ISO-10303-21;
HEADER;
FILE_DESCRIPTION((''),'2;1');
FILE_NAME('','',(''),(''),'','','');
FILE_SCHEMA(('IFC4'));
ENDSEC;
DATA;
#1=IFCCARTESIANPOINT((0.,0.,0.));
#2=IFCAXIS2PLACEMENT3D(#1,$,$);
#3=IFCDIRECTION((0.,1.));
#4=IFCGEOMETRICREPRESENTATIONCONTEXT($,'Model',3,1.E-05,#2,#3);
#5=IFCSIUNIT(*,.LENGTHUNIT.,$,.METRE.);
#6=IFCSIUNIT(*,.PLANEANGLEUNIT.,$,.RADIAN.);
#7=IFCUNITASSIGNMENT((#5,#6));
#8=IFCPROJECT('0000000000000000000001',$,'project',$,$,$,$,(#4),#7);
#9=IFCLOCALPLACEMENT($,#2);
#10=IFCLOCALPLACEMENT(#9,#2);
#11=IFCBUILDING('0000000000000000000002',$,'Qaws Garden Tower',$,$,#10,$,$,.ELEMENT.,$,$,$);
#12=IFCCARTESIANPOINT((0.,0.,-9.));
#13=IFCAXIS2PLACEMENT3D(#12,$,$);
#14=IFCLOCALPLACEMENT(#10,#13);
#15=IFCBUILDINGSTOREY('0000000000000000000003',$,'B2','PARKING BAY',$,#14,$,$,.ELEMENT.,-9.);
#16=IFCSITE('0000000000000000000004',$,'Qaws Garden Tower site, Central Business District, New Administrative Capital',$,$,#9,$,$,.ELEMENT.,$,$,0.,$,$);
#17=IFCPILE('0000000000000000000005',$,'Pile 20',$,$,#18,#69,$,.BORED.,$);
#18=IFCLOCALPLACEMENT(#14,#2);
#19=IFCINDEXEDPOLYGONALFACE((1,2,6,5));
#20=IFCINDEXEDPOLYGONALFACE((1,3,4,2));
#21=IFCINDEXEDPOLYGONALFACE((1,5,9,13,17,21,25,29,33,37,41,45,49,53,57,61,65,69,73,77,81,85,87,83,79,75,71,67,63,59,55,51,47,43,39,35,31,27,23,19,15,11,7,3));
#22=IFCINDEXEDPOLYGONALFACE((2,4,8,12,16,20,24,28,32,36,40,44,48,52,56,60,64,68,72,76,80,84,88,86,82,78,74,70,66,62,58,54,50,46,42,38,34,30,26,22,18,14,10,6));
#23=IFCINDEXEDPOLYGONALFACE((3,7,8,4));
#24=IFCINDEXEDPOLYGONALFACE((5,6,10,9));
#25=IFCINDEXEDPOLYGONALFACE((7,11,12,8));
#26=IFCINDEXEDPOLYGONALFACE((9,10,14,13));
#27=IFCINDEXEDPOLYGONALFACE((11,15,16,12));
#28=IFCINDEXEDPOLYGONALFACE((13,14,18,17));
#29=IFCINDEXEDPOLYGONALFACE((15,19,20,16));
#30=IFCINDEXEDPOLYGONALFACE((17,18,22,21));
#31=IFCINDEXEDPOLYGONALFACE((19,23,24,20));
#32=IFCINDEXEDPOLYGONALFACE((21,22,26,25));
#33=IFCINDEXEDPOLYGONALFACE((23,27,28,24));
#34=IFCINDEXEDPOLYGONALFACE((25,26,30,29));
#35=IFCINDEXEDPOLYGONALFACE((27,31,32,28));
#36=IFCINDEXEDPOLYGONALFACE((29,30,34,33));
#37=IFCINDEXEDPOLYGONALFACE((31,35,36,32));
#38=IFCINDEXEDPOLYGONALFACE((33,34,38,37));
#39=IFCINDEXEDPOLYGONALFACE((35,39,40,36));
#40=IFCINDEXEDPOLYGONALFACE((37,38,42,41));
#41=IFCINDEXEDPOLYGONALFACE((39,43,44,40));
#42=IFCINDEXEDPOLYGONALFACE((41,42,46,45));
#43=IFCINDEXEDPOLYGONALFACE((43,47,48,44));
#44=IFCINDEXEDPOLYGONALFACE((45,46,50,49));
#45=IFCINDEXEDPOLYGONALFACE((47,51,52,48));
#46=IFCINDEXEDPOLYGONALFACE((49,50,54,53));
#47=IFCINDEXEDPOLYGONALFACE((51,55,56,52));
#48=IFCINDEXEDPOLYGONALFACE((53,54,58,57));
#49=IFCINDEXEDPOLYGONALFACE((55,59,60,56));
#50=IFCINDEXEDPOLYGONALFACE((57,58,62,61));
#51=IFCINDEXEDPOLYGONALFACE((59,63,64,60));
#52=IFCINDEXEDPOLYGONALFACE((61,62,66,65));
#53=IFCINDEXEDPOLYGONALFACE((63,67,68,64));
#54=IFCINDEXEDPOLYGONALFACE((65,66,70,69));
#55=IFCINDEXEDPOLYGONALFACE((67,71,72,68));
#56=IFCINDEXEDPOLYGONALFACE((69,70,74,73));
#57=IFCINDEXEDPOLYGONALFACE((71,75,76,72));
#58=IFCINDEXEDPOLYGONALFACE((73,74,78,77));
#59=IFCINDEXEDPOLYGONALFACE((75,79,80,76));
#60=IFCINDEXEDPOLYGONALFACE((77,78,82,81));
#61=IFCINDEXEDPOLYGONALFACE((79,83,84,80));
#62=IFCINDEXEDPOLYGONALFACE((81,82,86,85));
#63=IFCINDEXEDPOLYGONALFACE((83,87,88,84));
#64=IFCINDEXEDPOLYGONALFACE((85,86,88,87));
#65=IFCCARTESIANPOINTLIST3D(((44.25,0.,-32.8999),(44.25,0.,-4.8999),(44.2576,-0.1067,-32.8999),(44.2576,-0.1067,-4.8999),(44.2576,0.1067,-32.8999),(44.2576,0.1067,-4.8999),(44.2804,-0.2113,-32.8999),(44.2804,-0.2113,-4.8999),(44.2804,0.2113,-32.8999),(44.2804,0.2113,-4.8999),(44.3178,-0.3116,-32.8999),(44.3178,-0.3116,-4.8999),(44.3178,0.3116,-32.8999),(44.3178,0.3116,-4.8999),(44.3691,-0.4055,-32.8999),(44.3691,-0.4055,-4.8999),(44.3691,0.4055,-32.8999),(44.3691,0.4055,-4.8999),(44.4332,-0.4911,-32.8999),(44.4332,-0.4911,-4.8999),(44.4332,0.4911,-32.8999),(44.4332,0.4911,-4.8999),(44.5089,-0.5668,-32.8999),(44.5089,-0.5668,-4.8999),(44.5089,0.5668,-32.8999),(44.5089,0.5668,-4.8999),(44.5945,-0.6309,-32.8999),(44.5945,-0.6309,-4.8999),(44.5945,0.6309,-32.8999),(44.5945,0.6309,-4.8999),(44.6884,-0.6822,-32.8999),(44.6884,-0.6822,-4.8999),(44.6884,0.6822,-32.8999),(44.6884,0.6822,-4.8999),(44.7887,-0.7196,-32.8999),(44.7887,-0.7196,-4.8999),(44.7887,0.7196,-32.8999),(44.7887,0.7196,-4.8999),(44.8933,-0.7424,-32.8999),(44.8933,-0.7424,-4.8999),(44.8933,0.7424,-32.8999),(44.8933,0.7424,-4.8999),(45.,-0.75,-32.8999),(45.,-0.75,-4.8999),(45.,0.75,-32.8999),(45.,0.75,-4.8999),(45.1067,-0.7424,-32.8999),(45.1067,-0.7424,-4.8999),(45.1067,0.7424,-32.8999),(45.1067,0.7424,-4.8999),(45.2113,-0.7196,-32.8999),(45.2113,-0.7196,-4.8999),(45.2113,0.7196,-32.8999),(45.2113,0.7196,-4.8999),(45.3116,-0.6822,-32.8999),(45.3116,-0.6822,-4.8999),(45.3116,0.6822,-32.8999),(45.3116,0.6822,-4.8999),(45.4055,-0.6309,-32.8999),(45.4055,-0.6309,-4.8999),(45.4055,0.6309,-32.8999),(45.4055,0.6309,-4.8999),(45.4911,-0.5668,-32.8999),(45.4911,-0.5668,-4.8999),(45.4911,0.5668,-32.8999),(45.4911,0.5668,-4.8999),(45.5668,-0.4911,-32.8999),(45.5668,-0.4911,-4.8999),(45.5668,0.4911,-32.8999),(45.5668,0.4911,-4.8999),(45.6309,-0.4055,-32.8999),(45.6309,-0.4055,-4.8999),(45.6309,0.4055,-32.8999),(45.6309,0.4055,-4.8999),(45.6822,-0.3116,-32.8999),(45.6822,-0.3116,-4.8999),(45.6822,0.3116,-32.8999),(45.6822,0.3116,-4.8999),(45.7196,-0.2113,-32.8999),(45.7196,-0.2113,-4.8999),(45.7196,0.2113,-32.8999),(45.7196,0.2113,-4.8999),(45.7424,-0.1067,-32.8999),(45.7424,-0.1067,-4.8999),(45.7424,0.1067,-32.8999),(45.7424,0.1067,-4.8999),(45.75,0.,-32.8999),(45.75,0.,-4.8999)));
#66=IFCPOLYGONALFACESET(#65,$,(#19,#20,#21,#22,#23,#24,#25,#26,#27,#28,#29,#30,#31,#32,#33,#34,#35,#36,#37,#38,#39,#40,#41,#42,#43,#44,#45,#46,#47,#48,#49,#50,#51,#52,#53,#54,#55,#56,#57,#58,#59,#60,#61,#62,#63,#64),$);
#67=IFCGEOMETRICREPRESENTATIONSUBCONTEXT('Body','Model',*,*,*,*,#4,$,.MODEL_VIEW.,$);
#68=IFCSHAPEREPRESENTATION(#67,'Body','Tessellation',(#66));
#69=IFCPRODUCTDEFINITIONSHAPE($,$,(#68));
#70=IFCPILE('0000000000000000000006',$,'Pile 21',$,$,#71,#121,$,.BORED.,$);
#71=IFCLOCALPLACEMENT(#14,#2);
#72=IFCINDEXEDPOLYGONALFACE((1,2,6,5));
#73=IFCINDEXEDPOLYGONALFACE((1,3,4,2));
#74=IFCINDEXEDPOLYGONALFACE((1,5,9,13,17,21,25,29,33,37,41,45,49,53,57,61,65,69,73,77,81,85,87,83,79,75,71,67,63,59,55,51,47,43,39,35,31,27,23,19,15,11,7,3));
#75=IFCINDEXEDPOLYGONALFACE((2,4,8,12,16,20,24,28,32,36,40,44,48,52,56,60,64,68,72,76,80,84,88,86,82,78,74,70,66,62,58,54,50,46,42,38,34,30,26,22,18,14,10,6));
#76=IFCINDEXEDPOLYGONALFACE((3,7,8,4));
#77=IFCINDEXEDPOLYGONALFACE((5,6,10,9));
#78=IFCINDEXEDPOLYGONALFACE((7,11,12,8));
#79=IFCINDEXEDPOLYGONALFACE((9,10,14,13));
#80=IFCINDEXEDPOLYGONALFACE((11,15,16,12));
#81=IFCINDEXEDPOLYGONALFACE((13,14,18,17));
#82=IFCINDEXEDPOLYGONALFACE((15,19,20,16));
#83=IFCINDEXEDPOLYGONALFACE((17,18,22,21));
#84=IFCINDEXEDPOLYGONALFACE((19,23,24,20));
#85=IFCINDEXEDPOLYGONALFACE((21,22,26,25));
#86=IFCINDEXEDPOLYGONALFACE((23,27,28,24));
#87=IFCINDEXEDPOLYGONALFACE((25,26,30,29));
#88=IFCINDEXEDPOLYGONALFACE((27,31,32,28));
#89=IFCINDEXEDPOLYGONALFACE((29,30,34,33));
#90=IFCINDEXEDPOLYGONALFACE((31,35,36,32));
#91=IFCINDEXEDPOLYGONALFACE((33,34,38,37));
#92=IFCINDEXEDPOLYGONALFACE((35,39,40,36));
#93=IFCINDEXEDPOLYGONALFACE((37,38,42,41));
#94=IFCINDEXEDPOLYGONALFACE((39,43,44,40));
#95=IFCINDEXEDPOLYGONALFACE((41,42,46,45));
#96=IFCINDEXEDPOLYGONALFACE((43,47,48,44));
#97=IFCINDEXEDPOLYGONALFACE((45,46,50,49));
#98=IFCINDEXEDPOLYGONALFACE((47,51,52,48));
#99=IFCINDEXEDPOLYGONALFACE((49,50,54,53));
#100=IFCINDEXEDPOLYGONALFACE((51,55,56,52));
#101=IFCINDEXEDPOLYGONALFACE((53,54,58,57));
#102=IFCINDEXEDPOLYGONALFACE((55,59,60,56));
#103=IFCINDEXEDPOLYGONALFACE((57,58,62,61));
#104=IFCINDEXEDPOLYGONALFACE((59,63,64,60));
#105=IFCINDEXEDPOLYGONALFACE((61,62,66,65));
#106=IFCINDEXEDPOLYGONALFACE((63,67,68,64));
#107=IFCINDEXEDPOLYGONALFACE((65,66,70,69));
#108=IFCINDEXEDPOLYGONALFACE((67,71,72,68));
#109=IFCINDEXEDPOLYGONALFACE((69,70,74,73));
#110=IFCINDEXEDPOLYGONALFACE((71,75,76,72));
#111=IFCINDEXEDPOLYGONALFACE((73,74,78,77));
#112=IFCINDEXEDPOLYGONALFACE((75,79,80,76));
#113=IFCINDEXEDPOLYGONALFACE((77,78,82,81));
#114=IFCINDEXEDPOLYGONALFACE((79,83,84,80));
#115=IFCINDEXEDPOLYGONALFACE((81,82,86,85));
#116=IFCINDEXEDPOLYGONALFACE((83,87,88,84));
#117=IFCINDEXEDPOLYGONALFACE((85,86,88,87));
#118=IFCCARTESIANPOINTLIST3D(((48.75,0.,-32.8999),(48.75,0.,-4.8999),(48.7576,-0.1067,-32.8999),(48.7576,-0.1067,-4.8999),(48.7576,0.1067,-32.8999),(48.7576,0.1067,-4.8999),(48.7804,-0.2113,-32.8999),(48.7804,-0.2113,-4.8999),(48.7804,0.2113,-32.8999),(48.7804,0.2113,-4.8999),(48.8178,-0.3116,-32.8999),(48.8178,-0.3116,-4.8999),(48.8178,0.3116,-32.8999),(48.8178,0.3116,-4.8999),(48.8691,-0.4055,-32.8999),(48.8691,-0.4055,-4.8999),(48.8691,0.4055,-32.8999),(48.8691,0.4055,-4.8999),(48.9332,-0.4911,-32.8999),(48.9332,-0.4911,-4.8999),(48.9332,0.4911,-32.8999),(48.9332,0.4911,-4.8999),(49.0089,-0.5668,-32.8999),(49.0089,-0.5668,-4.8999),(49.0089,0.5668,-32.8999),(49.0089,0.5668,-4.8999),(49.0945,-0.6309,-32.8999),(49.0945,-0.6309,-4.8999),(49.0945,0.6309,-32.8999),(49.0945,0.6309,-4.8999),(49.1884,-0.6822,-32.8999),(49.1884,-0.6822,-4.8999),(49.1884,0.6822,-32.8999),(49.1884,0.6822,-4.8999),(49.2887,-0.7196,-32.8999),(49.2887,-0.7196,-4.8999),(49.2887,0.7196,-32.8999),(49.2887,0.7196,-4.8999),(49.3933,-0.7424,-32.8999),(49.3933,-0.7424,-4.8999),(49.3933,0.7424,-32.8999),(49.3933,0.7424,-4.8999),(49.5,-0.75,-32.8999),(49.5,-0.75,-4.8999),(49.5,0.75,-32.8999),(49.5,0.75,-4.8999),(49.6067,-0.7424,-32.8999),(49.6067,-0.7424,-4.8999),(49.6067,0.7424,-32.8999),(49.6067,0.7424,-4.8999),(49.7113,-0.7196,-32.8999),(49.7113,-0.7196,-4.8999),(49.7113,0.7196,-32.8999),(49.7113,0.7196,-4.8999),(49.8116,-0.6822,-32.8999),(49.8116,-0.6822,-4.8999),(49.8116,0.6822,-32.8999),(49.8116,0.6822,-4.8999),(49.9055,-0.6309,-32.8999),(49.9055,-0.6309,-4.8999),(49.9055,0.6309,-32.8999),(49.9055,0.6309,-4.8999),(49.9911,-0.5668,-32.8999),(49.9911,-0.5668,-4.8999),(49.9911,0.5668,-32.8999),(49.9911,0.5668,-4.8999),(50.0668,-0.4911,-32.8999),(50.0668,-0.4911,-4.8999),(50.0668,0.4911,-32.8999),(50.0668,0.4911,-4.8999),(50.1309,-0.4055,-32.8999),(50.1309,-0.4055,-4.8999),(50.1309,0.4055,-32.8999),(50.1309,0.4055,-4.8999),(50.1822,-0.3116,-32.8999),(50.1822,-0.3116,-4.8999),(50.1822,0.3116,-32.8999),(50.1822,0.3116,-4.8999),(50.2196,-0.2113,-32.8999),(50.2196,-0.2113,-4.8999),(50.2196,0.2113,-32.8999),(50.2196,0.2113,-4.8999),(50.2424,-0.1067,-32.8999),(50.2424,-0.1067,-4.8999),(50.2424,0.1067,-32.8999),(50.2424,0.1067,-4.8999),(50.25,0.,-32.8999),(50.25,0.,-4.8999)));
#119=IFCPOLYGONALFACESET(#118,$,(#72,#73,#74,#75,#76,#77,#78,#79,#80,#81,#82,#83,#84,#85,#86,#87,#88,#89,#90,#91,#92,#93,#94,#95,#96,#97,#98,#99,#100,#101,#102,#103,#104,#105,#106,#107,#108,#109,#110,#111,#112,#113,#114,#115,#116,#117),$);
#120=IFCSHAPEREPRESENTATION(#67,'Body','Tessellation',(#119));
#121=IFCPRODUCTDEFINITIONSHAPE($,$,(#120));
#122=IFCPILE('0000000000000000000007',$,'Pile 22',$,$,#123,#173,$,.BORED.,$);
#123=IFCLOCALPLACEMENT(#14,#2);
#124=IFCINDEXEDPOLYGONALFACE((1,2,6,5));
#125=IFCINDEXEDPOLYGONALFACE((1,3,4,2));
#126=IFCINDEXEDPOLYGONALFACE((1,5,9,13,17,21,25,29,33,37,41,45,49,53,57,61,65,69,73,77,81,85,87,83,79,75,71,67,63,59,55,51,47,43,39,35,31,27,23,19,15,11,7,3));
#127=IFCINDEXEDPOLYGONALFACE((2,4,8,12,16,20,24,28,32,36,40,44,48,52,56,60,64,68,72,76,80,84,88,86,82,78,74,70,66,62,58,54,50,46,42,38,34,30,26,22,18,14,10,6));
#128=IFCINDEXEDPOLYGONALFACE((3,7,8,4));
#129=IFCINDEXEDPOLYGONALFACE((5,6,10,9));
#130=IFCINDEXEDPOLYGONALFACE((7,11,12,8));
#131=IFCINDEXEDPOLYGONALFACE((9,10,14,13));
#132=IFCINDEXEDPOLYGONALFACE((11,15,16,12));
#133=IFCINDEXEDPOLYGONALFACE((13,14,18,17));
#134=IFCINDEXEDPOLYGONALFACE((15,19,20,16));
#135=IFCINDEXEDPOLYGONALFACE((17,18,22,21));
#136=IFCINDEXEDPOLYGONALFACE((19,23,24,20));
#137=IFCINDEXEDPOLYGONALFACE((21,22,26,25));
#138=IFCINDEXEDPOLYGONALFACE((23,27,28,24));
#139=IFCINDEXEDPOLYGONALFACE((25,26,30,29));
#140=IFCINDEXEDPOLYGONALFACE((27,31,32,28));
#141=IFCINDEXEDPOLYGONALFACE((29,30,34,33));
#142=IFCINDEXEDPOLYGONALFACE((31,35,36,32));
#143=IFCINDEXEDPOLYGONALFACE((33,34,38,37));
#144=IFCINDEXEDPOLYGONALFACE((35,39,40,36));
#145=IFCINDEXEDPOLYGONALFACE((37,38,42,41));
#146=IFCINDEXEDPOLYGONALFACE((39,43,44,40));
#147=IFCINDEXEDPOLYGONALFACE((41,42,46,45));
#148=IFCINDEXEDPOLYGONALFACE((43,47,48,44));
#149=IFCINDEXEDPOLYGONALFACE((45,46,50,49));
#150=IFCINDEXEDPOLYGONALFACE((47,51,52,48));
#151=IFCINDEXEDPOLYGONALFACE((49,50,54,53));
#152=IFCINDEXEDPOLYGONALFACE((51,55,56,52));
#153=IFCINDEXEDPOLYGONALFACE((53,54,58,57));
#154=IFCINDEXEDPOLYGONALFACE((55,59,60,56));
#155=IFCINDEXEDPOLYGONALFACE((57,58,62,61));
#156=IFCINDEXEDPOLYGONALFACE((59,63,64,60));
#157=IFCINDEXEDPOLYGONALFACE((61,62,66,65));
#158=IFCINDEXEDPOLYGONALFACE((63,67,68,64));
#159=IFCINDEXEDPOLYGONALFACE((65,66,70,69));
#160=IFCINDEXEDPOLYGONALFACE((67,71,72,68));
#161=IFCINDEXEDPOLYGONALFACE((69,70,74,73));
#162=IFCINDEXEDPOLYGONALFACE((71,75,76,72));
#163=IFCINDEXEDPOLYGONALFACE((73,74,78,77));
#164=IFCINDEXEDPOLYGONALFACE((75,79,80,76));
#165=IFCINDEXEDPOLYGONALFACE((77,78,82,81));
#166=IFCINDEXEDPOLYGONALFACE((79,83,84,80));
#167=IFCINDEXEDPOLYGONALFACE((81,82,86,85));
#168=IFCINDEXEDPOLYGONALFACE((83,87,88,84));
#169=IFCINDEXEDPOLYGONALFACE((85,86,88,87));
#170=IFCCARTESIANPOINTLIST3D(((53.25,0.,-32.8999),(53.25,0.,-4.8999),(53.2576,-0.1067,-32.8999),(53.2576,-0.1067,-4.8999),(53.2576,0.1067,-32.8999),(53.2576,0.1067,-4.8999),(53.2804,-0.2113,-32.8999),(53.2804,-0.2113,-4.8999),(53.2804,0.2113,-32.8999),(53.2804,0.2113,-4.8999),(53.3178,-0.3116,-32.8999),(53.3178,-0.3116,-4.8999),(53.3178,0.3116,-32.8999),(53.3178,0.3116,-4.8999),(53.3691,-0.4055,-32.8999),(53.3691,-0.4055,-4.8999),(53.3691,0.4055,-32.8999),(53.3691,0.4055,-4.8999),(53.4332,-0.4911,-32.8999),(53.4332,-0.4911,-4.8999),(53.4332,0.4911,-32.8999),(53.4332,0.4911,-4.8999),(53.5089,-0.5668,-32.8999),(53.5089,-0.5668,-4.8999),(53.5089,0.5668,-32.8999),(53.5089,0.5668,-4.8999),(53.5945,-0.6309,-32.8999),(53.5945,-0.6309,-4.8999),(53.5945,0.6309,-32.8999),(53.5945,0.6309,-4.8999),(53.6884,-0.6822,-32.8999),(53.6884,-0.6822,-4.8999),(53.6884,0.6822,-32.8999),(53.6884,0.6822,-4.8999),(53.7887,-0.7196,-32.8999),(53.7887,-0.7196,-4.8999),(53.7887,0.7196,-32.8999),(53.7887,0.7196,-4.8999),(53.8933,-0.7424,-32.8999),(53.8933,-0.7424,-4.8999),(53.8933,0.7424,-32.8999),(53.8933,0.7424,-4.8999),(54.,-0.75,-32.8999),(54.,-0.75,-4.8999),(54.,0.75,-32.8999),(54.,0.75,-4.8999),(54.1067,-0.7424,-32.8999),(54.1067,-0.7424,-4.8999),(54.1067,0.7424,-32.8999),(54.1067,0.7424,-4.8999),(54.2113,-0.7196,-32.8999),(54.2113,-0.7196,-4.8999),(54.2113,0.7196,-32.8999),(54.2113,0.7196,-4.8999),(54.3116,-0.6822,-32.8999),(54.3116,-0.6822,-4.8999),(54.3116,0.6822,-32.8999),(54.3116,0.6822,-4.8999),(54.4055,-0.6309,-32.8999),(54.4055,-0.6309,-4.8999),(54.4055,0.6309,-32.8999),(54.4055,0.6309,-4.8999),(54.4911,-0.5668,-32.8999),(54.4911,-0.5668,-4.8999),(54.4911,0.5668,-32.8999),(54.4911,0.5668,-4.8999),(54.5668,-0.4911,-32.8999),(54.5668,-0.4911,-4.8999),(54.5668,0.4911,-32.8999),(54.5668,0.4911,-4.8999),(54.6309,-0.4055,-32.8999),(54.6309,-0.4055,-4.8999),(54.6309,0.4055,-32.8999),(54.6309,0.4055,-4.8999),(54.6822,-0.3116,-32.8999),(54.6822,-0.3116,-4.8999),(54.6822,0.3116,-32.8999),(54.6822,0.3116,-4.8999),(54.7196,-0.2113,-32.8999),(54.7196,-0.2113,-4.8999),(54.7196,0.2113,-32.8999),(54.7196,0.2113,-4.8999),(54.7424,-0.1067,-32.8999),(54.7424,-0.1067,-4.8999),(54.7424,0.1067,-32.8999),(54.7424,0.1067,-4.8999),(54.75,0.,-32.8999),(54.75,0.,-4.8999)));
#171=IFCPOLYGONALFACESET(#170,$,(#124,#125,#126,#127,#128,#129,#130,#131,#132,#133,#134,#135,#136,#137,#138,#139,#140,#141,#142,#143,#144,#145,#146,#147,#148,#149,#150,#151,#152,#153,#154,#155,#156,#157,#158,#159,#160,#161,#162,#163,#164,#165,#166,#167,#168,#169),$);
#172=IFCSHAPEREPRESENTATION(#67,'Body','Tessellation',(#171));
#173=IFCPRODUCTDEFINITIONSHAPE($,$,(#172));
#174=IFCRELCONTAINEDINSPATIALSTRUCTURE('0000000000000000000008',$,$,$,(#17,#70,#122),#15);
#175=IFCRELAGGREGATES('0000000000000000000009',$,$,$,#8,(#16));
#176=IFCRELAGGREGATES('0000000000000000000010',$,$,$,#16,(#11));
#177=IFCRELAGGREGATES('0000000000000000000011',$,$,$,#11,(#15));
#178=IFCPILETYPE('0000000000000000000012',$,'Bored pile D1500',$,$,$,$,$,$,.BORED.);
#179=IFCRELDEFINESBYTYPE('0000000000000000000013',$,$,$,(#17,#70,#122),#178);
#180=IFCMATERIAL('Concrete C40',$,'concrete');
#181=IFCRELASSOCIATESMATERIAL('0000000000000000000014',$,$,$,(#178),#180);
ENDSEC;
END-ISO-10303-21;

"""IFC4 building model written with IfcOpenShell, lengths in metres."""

from ifc_helpers import new_model, si_unit, direction, frame, origin, origin_2d, place, context, subcontext, project, spatial, circle, extrude, material, material_profile, profile_set, type_object, element, save


model = new_model("IFC4")

# Units and contexts
model_context = context("Model", 3, precision=1e-05, world=origin(), true_north=direction((0.0, 1.0)))
body_context = subcontext(model_context, "Body", "Model", "MODEL_VIEW")
ifc_project = project(units=[si_unit("LENGTHUNIT", "METRE"), si_unit("PLANEANGLEUNIT", "RADIAN")], contexts=[model_context])

# Site, building, storey
site_placement = place(None, origin())
site = spatial("IfcSite", under=ifc_project, at=site_placement, Name="Qaws Garden Tower site, Central Business District, New Administrative Capital", CompositionType="ELEMENT", RefElevation=0.0)
building_placement = place(site_placement, origin())
building = spatial("IfcBuilding", under=site, at=building_placement, Name="Qaws Garden Tower", CompositionType="ELEMENT")
storey_placement = place(building_placement, frame((0.0, 0.0, -9.0)))
storey = spatial("IfcBuildingStorey", under=building, at=storey_placement, Name="B2", Description="PARKING BAY", CompositionType="ELEMENT", Elevation=-9.0)

# Piles
ifc_material_1 = material(Name="Concrete C40", Category="concrete")
ifc_material_profile_1 = material_profile(ifc_material_1, circle(Radius=0.75, at=origin_2d()), Name="Bored pile D1500")
ifc_profile_set_1 = profile_set([ifc_material_profile_1], Name="Concrete C40")
pile_type = type_object("IfcPileType", Name="Bored pile D1500", PredefinedType="BORED", material=ifc_profile_set_1)
for number, where, z_axis, x_axis, name in (
    (1, (45.0, 0.0, -4.8999), (0.0, 0.0, -1.0), (1.0, 0.0, 0.0), "Pile 20"),
    (2, (49.5, 0.0, -4.8999), (0.0, 0.0, -1.0), (1.0, 0.0, 0.0), "Pile 21"),
    (3, (54.0, 0.0, -4.8999), (0.0, 0.0, -1.0), (1.0, 0.0, 0.0), "Pile 22"),
):
    element("IfcPile", number, at=place(storey_placement, frame(where, z_axis=z_axis, x_axis=x_axis)), inside=storey, type_object=pile_type, Name=name, PredefinedType="BORED", context=body_context, shape_type="SweptSolid", body=[
        extrude(circle(Radius=0.75, at=origin_2d()), origin(), (0.0, 0.0, 1.0), 28.0),
    ])

save(model, "model.ifc")
